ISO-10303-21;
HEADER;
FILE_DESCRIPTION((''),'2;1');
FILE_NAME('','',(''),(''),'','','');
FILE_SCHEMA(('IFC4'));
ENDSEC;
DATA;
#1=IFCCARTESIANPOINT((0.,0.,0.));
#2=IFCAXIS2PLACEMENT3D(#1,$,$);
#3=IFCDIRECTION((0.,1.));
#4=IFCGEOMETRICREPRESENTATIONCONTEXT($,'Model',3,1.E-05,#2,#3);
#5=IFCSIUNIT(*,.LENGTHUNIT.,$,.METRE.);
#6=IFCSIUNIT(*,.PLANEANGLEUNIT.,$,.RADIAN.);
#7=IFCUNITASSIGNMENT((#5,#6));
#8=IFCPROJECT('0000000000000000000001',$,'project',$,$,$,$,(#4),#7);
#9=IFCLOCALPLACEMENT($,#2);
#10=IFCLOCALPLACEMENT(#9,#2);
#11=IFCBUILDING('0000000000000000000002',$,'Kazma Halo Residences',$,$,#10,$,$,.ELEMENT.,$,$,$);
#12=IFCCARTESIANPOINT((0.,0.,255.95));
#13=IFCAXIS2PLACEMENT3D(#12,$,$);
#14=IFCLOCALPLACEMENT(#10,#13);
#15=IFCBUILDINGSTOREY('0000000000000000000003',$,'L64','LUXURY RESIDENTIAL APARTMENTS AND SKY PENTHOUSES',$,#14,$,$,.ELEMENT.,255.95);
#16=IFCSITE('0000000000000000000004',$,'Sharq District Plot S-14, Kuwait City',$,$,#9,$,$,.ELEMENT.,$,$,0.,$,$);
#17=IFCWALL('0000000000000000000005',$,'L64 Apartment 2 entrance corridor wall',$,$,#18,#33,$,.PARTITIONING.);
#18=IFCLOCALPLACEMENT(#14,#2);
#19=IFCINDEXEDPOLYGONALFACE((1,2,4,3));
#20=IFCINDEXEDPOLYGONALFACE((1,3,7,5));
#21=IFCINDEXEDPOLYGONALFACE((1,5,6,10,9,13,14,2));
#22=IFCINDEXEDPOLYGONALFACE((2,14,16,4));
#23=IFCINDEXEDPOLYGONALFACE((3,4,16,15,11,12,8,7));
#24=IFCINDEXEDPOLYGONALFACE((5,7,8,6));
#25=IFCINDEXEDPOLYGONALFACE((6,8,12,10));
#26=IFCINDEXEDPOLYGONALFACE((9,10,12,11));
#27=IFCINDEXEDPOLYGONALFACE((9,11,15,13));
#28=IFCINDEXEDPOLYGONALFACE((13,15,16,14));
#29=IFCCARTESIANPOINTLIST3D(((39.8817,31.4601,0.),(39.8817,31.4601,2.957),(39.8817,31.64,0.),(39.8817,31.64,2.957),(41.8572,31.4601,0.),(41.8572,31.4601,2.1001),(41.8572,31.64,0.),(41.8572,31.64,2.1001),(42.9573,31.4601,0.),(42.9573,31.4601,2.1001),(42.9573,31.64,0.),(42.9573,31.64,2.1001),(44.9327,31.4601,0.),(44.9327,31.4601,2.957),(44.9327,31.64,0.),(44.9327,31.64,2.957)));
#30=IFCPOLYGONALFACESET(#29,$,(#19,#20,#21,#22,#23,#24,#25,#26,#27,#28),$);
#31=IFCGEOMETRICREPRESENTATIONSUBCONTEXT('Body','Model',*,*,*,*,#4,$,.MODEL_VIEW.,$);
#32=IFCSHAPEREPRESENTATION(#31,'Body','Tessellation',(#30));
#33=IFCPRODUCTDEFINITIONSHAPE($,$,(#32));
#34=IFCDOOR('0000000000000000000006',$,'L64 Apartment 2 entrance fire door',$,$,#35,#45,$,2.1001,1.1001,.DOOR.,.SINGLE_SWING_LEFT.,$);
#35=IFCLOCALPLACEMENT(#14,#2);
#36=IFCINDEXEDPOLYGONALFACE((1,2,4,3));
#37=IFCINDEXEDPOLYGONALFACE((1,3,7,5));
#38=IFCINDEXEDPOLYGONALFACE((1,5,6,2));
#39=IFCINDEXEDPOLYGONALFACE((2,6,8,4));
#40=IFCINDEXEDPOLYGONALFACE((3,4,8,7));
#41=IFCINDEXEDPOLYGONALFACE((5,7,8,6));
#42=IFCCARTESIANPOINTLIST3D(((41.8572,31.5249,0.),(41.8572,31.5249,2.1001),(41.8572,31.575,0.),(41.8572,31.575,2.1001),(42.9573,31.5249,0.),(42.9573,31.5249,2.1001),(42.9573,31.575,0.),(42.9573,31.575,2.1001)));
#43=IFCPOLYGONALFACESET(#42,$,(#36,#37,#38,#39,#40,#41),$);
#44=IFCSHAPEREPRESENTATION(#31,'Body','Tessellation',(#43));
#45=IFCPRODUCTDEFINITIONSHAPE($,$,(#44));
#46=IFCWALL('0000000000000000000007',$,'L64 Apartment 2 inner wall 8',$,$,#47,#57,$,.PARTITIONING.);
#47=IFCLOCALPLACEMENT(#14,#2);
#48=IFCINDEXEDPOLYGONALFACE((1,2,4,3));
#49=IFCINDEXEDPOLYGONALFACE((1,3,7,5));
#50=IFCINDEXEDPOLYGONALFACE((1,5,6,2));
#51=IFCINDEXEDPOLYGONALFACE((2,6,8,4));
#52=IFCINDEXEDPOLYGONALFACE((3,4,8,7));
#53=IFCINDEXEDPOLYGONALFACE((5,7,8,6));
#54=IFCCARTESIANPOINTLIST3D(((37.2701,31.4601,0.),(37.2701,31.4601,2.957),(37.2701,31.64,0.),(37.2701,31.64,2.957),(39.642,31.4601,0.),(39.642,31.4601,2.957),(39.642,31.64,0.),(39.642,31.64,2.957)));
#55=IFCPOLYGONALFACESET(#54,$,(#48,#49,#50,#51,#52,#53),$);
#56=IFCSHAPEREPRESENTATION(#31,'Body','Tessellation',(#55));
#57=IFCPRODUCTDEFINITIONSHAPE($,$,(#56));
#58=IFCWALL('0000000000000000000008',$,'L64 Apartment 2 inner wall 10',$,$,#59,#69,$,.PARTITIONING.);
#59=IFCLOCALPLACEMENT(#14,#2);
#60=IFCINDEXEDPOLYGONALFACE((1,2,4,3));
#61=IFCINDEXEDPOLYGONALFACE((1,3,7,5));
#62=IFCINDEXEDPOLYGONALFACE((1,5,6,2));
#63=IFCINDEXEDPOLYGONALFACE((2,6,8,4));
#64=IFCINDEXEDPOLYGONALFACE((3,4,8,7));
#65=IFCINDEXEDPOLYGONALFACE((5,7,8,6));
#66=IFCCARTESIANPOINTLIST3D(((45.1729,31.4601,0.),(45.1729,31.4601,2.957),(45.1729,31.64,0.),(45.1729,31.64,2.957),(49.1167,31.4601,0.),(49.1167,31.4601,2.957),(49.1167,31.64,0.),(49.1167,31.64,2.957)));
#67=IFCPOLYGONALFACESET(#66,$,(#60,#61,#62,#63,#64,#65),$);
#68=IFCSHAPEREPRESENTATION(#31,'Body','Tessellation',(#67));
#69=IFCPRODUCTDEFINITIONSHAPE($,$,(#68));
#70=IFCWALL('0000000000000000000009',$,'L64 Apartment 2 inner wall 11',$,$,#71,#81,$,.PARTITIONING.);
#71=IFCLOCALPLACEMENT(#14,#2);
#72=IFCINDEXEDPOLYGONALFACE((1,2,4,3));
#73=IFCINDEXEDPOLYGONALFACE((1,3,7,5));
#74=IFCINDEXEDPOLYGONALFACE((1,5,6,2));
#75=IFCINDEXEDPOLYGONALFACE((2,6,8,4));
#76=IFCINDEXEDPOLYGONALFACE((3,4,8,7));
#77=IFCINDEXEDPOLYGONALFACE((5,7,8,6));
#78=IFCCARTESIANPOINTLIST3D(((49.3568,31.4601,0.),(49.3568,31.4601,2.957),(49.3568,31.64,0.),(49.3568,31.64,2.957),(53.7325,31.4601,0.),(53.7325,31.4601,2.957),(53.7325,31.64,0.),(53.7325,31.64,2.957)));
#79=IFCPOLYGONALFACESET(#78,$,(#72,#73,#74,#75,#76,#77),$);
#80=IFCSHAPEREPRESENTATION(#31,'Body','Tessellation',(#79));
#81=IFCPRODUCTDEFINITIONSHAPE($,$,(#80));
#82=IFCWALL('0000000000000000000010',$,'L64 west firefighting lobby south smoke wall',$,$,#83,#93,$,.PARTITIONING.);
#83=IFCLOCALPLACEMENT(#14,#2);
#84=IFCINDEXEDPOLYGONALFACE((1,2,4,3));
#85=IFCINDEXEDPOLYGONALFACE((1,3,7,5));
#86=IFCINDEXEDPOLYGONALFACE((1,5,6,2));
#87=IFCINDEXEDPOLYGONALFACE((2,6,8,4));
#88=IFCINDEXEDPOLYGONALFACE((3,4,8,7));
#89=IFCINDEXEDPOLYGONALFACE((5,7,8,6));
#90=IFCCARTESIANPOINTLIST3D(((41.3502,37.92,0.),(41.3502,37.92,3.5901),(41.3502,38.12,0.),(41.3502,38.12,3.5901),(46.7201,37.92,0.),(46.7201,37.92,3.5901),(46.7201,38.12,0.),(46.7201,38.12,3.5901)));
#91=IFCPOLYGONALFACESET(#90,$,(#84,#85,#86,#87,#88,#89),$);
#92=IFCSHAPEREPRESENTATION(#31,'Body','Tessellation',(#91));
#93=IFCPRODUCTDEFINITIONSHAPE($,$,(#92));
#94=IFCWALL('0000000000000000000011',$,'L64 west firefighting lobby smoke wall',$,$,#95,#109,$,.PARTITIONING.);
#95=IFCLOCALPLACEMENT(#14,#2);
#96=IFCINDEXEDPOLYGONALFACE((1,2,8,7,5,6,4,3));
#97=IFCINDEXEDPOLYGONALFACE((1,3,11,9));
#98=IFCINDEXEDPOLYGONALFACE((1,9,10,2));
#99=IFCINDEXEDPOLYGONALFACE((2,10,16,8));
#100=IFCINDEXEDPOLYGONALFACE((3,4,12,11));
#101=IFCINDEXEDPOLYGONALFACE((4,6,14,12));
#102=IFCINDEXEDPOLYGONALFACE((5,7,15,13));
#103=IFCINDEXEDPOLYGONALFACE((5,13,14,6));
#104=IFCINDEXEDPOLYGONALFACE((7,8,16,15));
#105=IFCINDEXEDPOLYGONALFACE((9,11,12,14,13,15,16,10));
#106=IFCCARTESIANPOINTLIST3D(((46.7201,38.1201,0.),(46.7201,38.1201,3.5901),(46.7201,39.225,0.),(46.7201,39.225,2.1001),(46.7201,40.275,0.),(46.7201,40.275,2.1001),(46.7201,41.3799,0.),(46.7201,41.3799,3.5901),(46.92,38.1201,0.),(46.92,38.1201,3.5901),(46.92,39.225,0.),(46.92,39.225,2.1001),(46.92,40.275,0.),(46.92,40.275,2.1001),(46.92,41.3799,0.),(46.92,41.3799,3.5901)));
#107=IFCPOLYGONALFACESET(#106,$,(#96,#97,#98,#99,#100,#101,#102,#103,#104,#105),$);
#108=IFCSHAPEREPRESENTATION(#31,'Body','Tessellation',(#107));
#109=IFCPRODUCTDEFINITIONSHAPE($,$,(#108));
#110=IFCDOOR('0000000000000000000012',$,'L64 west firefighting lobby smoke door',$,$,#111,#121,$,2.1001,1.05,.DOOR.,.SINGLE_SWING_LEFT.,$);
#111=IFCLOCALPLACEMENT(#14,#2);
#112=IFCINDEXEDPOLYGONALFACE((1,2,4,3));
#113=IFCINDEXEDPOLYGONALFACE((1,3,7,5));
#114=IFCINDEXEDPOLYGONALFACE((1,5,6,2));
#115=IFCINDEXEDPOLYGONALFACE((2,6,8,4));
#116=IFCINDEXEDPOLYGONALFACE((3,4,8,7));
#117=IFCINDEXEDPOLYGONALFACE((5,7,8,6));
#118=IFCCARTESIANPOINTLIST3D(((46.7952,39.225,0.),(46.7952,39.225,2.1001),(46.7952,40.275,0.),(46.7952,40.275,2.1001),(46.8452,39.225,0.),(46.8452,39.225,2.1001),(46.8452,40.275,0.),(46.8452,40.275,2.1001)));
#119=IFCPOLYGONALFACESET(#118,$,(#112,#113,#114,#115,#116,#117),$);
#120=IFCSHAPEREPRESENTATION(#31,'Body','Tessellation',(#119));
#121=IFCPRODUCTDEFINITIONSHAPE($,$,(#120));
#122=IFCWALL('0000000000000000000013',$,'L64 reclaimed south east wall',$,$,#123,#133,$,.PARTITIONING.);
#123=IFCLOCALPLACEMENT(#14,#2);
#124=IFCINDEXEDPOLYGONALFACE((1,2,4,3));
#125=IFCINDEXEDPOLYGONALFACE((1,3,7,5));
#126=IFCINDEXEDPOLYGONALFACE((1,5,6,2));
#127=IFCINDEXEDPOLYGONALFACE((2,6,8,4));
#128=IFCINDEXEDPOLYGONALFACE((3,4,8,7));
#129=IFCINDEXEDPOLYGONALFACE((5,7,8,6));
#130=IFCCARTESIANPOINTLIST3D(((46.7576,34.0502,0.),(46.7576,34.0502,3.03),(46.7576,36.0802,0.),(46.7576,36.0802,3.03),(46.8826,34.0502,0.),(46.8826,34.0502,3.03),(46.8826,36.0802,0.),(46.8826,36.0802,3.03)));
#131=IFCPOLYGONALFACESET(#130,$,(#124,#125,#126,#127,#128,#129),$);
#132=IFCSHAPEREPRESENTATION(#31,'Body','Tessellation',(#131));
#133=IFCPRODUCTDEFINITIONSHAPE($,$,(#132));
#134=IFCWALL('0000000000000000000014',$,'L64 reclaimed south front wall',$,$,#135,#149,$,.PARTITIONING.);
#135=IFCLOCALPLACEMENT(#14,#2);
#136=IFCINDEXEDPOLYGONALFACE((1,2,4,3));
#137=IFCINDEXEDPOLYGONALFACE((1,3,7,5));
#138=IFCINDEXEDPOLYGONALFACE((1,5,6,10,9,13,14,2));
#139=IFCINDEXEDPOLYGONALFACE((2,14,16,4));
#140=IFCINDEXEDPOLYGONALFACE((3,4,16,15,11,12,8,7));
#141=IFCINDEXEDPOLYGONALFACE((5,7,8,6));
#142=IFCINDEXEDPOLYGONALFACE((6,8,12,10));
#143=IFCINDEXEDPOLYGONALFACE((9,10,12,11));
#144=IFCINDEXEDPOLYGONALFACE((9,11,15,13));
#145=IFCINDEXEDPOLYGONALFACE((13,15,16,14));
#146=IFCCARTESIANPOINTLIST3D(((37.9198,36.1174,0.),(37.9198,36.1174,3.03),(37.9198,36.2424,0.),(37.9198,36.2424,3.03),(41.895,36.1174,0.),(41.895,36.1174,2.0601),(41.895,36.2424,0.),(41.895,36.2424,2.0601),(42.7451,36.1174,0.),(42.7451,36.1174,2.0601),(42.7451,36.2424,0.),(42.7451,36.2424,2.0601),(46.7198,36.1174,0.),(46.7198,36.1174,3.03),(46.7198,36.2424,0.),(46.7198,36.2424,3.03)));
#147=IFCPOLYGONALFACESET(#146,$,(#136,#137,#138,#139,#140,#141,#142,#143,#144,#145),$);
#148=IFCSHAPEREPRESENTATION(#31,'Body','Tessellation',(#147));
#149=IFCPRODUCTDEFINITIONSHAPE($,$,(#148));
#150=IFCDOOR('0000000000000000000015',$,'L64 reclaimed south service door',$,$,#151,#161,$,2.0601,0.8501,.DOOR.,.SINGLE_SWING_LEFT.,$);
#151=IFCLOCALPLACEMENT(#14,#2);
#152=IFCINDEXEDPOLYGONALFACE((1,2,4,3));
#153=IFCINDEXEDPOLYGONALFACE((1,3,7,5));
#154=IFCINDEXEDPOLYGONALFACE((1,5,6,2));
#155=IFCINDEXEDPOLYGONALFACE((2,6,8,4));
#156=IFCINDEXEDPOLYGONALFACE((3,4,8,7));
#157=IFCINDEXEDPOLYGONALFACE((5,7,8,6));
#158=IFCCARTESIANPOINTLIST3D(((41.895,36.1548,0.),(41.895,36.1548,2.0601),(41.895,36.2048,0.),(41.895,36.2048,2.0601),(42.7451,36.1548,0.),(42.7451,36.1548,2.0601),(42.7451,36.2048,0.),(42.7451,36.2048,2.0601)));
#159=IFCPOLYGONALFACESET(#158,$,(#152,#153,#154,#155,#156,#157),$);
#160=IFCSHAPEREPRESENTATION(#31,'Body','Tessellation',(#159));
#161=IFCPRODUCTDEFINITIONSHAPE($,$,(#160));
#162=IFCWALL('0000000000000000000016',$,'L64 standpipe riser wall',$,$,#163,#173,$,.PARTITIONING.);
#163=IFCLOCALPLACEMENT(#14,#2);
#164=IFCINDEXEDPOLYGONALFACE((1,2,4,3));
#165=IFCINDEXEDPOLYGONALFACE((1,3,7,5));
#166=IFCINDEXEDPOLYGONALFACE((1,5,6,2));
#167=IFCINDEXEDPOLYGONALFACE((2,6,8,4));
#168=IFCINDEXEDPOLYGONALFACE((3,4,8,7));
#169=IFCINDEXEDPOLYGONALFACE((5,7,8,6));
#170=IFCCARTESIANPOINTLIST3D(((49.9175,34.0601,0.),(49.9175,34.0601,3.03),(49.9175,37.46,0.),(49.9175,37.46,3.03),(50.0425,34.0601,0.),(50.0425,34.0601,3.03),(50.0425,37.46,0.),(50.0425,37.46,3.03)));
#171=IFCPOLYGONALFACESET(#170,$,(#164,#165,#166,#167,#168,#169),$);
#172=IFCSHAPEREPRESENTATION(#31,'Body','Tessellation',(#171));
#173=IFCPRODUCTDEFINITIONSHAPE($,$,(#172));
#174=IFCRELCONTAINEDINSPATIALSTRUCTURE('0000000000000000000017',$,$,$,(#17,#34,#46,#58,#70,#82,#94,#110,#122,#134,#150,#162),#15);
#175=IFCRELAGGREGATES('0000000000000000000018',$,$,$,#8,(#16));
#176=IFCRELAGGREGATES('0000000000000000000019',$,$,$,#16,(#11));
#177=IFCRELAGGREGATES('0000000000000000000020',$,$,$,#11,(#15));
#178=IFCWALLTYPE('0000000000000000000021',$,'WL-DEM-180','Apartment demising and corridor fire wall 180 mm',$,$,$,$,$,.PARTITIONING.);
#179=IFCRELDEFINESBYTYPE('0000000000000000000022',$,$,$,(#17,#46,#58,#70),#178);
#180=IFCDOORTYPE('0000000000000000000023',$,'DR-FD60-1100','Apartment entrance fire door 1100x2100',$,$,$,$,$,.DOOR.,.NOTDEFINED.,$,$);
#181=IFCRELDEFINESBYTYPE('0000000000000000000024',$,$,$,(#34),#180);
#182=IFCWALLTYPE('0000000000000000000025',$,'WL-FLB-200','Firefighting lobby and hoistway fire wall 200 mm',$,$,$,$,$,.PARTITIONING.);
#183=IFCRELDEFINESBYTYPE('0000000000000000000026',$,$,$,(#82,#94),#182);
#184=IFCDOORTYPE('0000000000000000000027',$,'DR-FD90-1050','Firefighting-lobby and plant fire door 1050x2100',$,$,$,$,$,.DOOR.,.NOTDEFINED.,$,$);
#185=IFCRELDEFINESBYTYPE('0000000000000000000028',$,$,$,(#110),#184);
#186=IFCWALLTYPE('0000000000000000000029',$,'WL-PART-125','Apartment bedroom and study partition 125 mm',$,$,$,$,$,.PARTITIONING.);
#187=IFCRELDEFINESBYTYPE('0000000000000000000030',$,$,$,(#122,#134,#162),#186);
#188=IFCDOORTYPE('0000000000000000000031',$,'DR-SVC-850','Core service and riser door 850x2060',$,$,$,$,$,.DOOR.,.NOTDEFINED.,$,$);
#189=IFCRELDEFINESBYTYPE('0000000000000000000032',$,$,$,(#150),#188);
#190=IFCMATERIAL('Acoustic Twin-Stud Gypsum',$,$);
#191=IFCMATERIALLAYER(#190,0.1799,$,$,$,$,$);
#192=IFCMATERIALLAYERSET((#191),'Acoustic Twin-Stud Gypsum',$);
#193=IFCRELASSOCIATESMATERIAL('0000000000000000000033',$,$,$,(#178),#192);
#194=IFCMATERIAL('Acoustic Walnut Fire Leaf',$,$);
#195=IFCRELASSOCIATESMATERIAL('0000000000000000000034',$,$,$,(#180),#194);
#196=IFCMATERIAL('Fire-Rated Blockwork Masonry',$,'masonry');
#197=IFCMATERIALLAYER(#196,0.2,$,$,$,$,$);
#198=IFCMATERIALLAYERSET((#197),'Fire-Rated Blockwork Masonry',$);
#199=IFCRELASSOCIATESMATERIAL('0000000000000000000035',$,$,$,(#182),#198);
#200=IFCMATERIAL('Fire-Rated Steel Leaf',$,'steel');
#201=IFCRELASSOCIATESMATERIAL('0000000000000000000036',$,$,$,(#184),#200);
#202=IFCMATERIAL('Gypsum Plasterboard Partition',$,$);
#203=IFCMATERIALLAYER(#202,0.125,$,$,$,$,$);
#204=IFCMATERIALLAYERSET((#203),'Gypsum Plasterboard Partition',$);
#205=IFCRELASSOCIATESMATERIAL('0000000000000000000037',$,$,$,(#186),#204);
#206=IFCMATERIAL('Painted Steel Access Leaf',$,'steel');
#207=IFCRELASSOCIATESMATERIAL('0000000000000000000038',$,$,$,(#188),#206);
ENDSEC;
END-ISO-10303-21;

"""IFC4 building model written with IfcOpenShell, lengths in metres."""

from ifc_helpers import new_model, si_unit, direction, frame, frame_2d, origin, place, context, subcontext, project, spatial, rectangle, extrude, material, layer, layer_set, type_object, element, fill, save


model = new_model("IFC4")

# Units and contexts
model_context = context("Model", 3, precision=1e-05, world=origin(), true_north=direction((0.0, 1.0)))
body_context = subcontext(model_context, "Body", "Model", "MODEL_VIEW")
ifc_project = project(units=[si_unit("LENGTHUNIT", "METRE"), si_unit("PLANEANGLEUNIT", "RADIAN")], contexts=[model_context])

# Site, building, storey
site_placement = place(None, origin())
site = spatial("IfcSite", under=ifc_project, at=site_placement, Name="Sharq District Plot S-14, Kuwait City", CompositionType="ELEMENT", RefElevation=0.0)
building_placement = place(site_placement, origin())
building = spatial("IfcBuilding", under=site, at=building_placement, Name="Kazma Halo Residences", CompositionType="ELEMENT")
storey_placement = place(building_placement, frame((0.0, 0.0, 255.95)))
storey = spatial("IfcBuildingStorey", under=building, at=storey_placement, Name="L64", Description="LUXURY RESIDENTIAL APARTMENTS AND SKY PENTHOUSES", CompositionType="ELEMENT", Elevation=255.95)

# Shared definitions
ifc_material_1 = material(Name="Acoustic Twin-Stud Gypsum")
ifc_layer_1 = layer(ifc_material_1, 0.1799)
ifc_layer_set_1 = layer_set([ifc_layer_1], Name="Acoustic Twin-Stud Gypsum")
wall_type_1 = type_object("IfcWallType", Name="WL-DEM-180", Description="Apartment demising and corridor fire wall 180 mm", PredefinedType="PARTITIONING", material=ifc_layer_set_1)

# Wall, opening, door
wall_1_placement = place(storey_placement, frame((39.8818, 31.55, 0.0), z_axis=(0.0, 0.0, 1.0), x_axis=(1.0, 0.0, 0.0)))
wall_1 = element("IfcWall", 1, at=wall_1_placement, inside=storey, type_object=wall_type_1, Name="L64 Apartment 2 entrance corridor wall", PredefinedType="PARTITIONING", context=body_context, shape_type="SweptSolid", body=[
    extrude(rectangle(XDim=5.051, YDim=0.1799, at=frame_2d((2.5254, 0.0))), origin(), (0.0, 0.0, 1.0), 2.957),
])
opening_1_placement = place(wall_1_placement, frame((1.9753, 0.0, 0.0)))
opening_1 = element("IfcOpeningElement", 2, at=opening_1_placement, cuts=wall_1, PredefinedType="OPENING", context=body_context, shape_type="SweptSolid", body=[
    extrude(rectangle(XDim=1.1001, YDim=2.1001, at=frame_2d((0.55, 1.05))), frame((0.0, 0.0999, 0.0), z_axis=(0.0, -1.0, 0.0), x_axis=(1.0, 0.0, 0.0)), (0.0, 0.0, 1.0), 0.2),
])
ifc_material_2 = material(Name="Acoustic Walnut Fire Leaf")
door_type_1 = type_object("IfcDoorType", Name="DR-FD60-1100", Description="Apartment entrance fire door 1100x2100", OperationType="NOTDEFINED", PredefinedType="DOOR", material=ifc_material_2)
door_1_placement = place(opening_1_placement, origin())
door_1 = element("IfcDoor", 3, at=door_1_placement, inside=storey, type_object=door_type_1, Name="L64 Apartment 2 entrance fire door", OperationType="SINGLE_SWING_LEFT", OverallHeight=2.1001, OverallWidth=1.1001, PredefinedType="DOOR", context=body_context, shape_type="SweptSolid", body=[
    extrude(rectangle(XDim=1.1001, YDim=2.1001, at=frame_2d((0.55, 1.05))), frame((0.0, 0.0249, 0.0), z_axis=(0.0, -1.0, 0.0), x_axis=(1.0, 0.0, 0.0)), (0.0, 0.0, 1.0), 0.05),
])
fill(opening_1, door_1)

# Walls
wall_2_placement = place(storey_placement, frame((37.27, 31.55, 0.0), z_axis=(0.0, 0.0, 1.0), x_axis=(1.0, 0.0, 0.0)))
element("IfcWall", 4, at=wall_2_placement, inside=storey, type_object=wall_type_1, Name="L64 Apartment 2 inner wall 8", PredefinedType="PARTITIONING", context=body_context, shape_type="SweptSolid", body=[
    extrude(rectangle(XDim=2.3718, YDim=0.1799, at=frame_2d((1.186, 0.0))), origin(), (0.0, 0.0, 1.0), 2.957),
])
wall_3_placement = place(storey_placement, frame((45.1729, 31.55, 0.0), z_axis=(0.0, 0.0, 1.0), x_axis=(1.0, 0.0, 0.0)))
element("IfcWall", 5, at=wall_3_placement, inside=storey, type_object=wall_type_1, Name="L64 Apartment 2 inner wall 10", PredefinedType="PARTITIONING", context=body_context, shape_type="SweptSolid", body=[
    extrude(rectangle(XDim=3.9438, YDim=0.1799, at=frame_2d((1.9719, 0.0))), origin(), (0.0, 0.0, 1.0), 2.957),
])
wall_4_placement = place(storey_placement, frame((49.3567, 31.55, 0.0), z_axis=(0.0, 0.0, 1.0), x_axis=(1.0, 0.0, 0.0)))
element("IfcWall", 6, at=wall_4_placement, inside=storey, type_object=wall_type_1, Name="L64 Apartment 2 inner wall 11", PredefinedType="PARTITIONING", context=body_context, shape_type="SweptSolid", body=[
    extrude(rectangle(XDim=4.3757, YDim=0.1799, at=frame_2d((2.188, 0.0))), origin(), (0.0, 0.0, 1.0), 2.957),
])
ifc_material_3 = material(Name="Fire-Rated Blockwork Masonry", Category="masonry")
ifc_layer_2 = layer(ifc_material_3, 0.2)
ifc_layer_set_2 = layer_set([ifc_layer_2], Name="Fire-Rated Blockwork Masonry")
wall_type_2 = type_object("IfcWallType", Name="WL-FLB-200", Description="Firefighting lobby and hoistway fire wall 200 mm", PredefinedType="PARTITIONING", material=ifc_layer_set_2)
wall_5_placement = place(storey_placement, frame((41.3501, 38.02, 0.0), z_axis=(0.0, 0.0, 1.0), x_axis=(1.0, 0.0, 0.0)))
element("IfcWall", 7, at=wall_5_placement, inside=storey, type_object=wall_type_2, Name="L64 west firefighting lobby south smoke wall", PredefinedType="PARTITIONING", context=body_context, shape_type="SweptSolid", body=[
    extrude(rectangle(XDim=5.3699, YDim=0.2, at=frame_2d((2.6851, 0.0))), origin(), (0.0, 0.0, 1.0), 3.5901),
])

# Wall, opening, door
wall_6_placement = place(storey_placement, frame((46.8201, 38.1201, 0.0), z_axis=(0.0, 0.0, 1.0), x_axis=(0.0, 1.0, 0.0)))
wall_6 = element("IfcWall", 8, at=wall_6_placement, inside=storey, type_object=wall_type_2, Name="L64 west firefighting lobby smoke wall", PredefinedType="PARTITIONING", context=body_context, shape_type="SweptSolid", body=[
    extrude(rectangle(XDim=3.2598, YDim=0.2, at=frame_2d((1.6299, 0.0))), origin(), (0.0, 0.0, 1.0), 3.5901),
])
opening_2_placement = place(wall_6_placement, frame((1.105, 0.0, 0.0)))
opening_2 = element("IfcOpeningElement", 9, at=opening_2_placement, cuts=wall_6, PredefinedType="OPENING", context=body_context, shape_type="SweptSolid", body=[
    extrude(rectangle(XDim=1.05, YDim=2.1001, at=frame_2d((0.5249, 1.05))), frame((0.0, 0.1099, 0.0), z_axis=(0.0, -1.0, 0.0), x_axis=(1.0, 0.0, 0.0)), (0.0, 0.0, 1.0), 0.22),
])
ifc_material_4 = material(Name="Fire-Rated Steel Leaf", Category="steel")
door_type_2 = type_object("IfcDoorType", Name="DR-FD90-1050", Description="Firefighting-lobby and plant fire door 1050x2100", OperationType="NOTDEFINED", PredefinedType="DOOR", material=ifc_material_4)
door_2_placement = place(opening_2_placement, origin())
door_2 = element("IfcDoor", 10, at=door_2_placement, inside=storey, type_object=door_type_2, Name="L64 west firefighting lobby smoke door", OperationType="SINGLE_SWING_LEFT", OverallHeight=2.1001, OverallWidth=1.05, PredefinedType="DOOR", context=body_context, shape_type="SweptSolid", body=[
    extrude(rectangle(XDim=1.05, YDim=2.1001, at=frame_2d((0.5249, 1.05))), frame((0.0, 0.0249, 0.0), z_axis=(0.0, -1.0, 0.0), x_axis=(1.0, 0.0, 0.0)), (0.0, 0.0, 1.0), 0.05),
])
fill(opening_2, door_2)

# Wall
ifc_material_5 = material(Name="Gypsum Plasterboard Partition")
ifc_layer_3 = layer(ifc_material_5, 0.125)
ifc_layer_set_3 = layer_set([ifc_layer_3], Name="Gypsum Plasterboard Partition")
wall_type_3 = type_object("IfcWallType", Name="WL-PART-125", Description="Apartment bedroom and study partition 125 mm", PredefinedType="PARTITIONING", material=ifc_layer_set_3)
wall_7_placement = place(storey_placement, frame((46.8201, 34.05, 0.0), z_axis=(0.0, 0.0, 1.0), x_axis=(0.0, 1.0, 0.0)))
element("IfcWall", 11, at=wall_7_placement, inside=storey, type_object=wall_type_3, Name="L64 reclaimed south east wall", PredefinedType="PARTITIONING", context=body_context, shape_type="SweptSolid", body=[
    extrude(rectangle(XDim=2.03, YDim=0.125, at=frame_2d((1.0151, 0.0))), origin(), (0.0, 0.0, 1.0), 3.03),
])

# Wall, opening, door
wall_8_placement = place(storey_placement, frame((37.9199, 36.1799, 0.0), z_axis=(0.0, 0.0, 1.0), x_axis=(1.0, 0.0, 0.0)))
wall_8 = element("IfcWall", 12, at=wall_8_placement, inside=storey, type_object=wall_type_3, Name="L64 reclaimed south front wall", PredefinedType="PARTITIONING", context=body_context, shape_type="SweptSolid", body=[
    extrude(rectangle(XDim=8.8, YDim=0.125, at=frame_2d((4.3999, 0.0))), origin(), (0.0, 0.0, 1.0), 3.03),
])
opening_3_placement = place(wall_8_placement, frame((3.9751, 0.0, 0.0)))
opening_3 = element("IfcOpeningElement", 13, at=opening_3_placement, cuts=wall_8, PredefinedType="OPENING", context=body_context, shape_type="SweptSolid", body=[
    extrude(rectangle(XDim=0.8501, YDim=2.0601, at=frame_2d((0.425, 1.03))), frame((0.0, 0.0725, 0.0), z_axis=(0.0, -1.0, 0.0), x_axis=(1.0, 0.0, 0.0)), (0.0, 0.0, 1.0), 0.145),
])
ifc_material_6 = material(Name="Painted Steel Access Leaf", Category="steel")
door_type_3 = type_object("IfcDoorType", Name="DR-SVC-850", Description="Core service and riser door 850x2060", OperationType="NOTDEFINED", PredefinedType="DOOR", material=ifc_material_6)
door_3_placement = place(opening_3_placement, origin())
door_3 = element("IfcDoor", 14, at=door_3_placement, inside=storey, type_object=door_type_3, Name="L64 reclaimed south service door", OperationType="SINGLE_SWING_LEFT", OverallHeight=2.0601, OverallWidth=0.8501, PredefinedType="DOOR", context=body_context, shape_type="SweptSolid", body=[
    extrude(rectangle(XDim=0.8501, YDim=2.0601, at=frame_2d((0.425, 1.03))), frame((0.0, 0.0249, 0.0), z_axis=(0.0, -1.0, 0.0), x_axis=(1.0, 0.0, 0.0)), (0.0, 0.0, 1.0), 0.05),
])
fill(opening_3, door_3)

# Wall
wall_9_placement = place(storey_placement, frame((49.98, 34.0601, 0.0), z_axis=(0.0, 0.0, 1.0), x_axis=(0.0, 1.0, 0.0)))
element("IfcWall", 15, at=wall_9_placement, inside=storey, type_object=wall_type_3, Name="L64 standpipe riser wall", PredefinedType="PARTITIONING", context=body_context, shape_type="SweptSolid", body=[
    extrude(rectangle(XDim=3.3999, YDim=0.125, at=frame_2d((1.7, 0.0))), origin(), (0.0, 0.0, 1.0), 3.03),
])

save(model, "model.ifc")
